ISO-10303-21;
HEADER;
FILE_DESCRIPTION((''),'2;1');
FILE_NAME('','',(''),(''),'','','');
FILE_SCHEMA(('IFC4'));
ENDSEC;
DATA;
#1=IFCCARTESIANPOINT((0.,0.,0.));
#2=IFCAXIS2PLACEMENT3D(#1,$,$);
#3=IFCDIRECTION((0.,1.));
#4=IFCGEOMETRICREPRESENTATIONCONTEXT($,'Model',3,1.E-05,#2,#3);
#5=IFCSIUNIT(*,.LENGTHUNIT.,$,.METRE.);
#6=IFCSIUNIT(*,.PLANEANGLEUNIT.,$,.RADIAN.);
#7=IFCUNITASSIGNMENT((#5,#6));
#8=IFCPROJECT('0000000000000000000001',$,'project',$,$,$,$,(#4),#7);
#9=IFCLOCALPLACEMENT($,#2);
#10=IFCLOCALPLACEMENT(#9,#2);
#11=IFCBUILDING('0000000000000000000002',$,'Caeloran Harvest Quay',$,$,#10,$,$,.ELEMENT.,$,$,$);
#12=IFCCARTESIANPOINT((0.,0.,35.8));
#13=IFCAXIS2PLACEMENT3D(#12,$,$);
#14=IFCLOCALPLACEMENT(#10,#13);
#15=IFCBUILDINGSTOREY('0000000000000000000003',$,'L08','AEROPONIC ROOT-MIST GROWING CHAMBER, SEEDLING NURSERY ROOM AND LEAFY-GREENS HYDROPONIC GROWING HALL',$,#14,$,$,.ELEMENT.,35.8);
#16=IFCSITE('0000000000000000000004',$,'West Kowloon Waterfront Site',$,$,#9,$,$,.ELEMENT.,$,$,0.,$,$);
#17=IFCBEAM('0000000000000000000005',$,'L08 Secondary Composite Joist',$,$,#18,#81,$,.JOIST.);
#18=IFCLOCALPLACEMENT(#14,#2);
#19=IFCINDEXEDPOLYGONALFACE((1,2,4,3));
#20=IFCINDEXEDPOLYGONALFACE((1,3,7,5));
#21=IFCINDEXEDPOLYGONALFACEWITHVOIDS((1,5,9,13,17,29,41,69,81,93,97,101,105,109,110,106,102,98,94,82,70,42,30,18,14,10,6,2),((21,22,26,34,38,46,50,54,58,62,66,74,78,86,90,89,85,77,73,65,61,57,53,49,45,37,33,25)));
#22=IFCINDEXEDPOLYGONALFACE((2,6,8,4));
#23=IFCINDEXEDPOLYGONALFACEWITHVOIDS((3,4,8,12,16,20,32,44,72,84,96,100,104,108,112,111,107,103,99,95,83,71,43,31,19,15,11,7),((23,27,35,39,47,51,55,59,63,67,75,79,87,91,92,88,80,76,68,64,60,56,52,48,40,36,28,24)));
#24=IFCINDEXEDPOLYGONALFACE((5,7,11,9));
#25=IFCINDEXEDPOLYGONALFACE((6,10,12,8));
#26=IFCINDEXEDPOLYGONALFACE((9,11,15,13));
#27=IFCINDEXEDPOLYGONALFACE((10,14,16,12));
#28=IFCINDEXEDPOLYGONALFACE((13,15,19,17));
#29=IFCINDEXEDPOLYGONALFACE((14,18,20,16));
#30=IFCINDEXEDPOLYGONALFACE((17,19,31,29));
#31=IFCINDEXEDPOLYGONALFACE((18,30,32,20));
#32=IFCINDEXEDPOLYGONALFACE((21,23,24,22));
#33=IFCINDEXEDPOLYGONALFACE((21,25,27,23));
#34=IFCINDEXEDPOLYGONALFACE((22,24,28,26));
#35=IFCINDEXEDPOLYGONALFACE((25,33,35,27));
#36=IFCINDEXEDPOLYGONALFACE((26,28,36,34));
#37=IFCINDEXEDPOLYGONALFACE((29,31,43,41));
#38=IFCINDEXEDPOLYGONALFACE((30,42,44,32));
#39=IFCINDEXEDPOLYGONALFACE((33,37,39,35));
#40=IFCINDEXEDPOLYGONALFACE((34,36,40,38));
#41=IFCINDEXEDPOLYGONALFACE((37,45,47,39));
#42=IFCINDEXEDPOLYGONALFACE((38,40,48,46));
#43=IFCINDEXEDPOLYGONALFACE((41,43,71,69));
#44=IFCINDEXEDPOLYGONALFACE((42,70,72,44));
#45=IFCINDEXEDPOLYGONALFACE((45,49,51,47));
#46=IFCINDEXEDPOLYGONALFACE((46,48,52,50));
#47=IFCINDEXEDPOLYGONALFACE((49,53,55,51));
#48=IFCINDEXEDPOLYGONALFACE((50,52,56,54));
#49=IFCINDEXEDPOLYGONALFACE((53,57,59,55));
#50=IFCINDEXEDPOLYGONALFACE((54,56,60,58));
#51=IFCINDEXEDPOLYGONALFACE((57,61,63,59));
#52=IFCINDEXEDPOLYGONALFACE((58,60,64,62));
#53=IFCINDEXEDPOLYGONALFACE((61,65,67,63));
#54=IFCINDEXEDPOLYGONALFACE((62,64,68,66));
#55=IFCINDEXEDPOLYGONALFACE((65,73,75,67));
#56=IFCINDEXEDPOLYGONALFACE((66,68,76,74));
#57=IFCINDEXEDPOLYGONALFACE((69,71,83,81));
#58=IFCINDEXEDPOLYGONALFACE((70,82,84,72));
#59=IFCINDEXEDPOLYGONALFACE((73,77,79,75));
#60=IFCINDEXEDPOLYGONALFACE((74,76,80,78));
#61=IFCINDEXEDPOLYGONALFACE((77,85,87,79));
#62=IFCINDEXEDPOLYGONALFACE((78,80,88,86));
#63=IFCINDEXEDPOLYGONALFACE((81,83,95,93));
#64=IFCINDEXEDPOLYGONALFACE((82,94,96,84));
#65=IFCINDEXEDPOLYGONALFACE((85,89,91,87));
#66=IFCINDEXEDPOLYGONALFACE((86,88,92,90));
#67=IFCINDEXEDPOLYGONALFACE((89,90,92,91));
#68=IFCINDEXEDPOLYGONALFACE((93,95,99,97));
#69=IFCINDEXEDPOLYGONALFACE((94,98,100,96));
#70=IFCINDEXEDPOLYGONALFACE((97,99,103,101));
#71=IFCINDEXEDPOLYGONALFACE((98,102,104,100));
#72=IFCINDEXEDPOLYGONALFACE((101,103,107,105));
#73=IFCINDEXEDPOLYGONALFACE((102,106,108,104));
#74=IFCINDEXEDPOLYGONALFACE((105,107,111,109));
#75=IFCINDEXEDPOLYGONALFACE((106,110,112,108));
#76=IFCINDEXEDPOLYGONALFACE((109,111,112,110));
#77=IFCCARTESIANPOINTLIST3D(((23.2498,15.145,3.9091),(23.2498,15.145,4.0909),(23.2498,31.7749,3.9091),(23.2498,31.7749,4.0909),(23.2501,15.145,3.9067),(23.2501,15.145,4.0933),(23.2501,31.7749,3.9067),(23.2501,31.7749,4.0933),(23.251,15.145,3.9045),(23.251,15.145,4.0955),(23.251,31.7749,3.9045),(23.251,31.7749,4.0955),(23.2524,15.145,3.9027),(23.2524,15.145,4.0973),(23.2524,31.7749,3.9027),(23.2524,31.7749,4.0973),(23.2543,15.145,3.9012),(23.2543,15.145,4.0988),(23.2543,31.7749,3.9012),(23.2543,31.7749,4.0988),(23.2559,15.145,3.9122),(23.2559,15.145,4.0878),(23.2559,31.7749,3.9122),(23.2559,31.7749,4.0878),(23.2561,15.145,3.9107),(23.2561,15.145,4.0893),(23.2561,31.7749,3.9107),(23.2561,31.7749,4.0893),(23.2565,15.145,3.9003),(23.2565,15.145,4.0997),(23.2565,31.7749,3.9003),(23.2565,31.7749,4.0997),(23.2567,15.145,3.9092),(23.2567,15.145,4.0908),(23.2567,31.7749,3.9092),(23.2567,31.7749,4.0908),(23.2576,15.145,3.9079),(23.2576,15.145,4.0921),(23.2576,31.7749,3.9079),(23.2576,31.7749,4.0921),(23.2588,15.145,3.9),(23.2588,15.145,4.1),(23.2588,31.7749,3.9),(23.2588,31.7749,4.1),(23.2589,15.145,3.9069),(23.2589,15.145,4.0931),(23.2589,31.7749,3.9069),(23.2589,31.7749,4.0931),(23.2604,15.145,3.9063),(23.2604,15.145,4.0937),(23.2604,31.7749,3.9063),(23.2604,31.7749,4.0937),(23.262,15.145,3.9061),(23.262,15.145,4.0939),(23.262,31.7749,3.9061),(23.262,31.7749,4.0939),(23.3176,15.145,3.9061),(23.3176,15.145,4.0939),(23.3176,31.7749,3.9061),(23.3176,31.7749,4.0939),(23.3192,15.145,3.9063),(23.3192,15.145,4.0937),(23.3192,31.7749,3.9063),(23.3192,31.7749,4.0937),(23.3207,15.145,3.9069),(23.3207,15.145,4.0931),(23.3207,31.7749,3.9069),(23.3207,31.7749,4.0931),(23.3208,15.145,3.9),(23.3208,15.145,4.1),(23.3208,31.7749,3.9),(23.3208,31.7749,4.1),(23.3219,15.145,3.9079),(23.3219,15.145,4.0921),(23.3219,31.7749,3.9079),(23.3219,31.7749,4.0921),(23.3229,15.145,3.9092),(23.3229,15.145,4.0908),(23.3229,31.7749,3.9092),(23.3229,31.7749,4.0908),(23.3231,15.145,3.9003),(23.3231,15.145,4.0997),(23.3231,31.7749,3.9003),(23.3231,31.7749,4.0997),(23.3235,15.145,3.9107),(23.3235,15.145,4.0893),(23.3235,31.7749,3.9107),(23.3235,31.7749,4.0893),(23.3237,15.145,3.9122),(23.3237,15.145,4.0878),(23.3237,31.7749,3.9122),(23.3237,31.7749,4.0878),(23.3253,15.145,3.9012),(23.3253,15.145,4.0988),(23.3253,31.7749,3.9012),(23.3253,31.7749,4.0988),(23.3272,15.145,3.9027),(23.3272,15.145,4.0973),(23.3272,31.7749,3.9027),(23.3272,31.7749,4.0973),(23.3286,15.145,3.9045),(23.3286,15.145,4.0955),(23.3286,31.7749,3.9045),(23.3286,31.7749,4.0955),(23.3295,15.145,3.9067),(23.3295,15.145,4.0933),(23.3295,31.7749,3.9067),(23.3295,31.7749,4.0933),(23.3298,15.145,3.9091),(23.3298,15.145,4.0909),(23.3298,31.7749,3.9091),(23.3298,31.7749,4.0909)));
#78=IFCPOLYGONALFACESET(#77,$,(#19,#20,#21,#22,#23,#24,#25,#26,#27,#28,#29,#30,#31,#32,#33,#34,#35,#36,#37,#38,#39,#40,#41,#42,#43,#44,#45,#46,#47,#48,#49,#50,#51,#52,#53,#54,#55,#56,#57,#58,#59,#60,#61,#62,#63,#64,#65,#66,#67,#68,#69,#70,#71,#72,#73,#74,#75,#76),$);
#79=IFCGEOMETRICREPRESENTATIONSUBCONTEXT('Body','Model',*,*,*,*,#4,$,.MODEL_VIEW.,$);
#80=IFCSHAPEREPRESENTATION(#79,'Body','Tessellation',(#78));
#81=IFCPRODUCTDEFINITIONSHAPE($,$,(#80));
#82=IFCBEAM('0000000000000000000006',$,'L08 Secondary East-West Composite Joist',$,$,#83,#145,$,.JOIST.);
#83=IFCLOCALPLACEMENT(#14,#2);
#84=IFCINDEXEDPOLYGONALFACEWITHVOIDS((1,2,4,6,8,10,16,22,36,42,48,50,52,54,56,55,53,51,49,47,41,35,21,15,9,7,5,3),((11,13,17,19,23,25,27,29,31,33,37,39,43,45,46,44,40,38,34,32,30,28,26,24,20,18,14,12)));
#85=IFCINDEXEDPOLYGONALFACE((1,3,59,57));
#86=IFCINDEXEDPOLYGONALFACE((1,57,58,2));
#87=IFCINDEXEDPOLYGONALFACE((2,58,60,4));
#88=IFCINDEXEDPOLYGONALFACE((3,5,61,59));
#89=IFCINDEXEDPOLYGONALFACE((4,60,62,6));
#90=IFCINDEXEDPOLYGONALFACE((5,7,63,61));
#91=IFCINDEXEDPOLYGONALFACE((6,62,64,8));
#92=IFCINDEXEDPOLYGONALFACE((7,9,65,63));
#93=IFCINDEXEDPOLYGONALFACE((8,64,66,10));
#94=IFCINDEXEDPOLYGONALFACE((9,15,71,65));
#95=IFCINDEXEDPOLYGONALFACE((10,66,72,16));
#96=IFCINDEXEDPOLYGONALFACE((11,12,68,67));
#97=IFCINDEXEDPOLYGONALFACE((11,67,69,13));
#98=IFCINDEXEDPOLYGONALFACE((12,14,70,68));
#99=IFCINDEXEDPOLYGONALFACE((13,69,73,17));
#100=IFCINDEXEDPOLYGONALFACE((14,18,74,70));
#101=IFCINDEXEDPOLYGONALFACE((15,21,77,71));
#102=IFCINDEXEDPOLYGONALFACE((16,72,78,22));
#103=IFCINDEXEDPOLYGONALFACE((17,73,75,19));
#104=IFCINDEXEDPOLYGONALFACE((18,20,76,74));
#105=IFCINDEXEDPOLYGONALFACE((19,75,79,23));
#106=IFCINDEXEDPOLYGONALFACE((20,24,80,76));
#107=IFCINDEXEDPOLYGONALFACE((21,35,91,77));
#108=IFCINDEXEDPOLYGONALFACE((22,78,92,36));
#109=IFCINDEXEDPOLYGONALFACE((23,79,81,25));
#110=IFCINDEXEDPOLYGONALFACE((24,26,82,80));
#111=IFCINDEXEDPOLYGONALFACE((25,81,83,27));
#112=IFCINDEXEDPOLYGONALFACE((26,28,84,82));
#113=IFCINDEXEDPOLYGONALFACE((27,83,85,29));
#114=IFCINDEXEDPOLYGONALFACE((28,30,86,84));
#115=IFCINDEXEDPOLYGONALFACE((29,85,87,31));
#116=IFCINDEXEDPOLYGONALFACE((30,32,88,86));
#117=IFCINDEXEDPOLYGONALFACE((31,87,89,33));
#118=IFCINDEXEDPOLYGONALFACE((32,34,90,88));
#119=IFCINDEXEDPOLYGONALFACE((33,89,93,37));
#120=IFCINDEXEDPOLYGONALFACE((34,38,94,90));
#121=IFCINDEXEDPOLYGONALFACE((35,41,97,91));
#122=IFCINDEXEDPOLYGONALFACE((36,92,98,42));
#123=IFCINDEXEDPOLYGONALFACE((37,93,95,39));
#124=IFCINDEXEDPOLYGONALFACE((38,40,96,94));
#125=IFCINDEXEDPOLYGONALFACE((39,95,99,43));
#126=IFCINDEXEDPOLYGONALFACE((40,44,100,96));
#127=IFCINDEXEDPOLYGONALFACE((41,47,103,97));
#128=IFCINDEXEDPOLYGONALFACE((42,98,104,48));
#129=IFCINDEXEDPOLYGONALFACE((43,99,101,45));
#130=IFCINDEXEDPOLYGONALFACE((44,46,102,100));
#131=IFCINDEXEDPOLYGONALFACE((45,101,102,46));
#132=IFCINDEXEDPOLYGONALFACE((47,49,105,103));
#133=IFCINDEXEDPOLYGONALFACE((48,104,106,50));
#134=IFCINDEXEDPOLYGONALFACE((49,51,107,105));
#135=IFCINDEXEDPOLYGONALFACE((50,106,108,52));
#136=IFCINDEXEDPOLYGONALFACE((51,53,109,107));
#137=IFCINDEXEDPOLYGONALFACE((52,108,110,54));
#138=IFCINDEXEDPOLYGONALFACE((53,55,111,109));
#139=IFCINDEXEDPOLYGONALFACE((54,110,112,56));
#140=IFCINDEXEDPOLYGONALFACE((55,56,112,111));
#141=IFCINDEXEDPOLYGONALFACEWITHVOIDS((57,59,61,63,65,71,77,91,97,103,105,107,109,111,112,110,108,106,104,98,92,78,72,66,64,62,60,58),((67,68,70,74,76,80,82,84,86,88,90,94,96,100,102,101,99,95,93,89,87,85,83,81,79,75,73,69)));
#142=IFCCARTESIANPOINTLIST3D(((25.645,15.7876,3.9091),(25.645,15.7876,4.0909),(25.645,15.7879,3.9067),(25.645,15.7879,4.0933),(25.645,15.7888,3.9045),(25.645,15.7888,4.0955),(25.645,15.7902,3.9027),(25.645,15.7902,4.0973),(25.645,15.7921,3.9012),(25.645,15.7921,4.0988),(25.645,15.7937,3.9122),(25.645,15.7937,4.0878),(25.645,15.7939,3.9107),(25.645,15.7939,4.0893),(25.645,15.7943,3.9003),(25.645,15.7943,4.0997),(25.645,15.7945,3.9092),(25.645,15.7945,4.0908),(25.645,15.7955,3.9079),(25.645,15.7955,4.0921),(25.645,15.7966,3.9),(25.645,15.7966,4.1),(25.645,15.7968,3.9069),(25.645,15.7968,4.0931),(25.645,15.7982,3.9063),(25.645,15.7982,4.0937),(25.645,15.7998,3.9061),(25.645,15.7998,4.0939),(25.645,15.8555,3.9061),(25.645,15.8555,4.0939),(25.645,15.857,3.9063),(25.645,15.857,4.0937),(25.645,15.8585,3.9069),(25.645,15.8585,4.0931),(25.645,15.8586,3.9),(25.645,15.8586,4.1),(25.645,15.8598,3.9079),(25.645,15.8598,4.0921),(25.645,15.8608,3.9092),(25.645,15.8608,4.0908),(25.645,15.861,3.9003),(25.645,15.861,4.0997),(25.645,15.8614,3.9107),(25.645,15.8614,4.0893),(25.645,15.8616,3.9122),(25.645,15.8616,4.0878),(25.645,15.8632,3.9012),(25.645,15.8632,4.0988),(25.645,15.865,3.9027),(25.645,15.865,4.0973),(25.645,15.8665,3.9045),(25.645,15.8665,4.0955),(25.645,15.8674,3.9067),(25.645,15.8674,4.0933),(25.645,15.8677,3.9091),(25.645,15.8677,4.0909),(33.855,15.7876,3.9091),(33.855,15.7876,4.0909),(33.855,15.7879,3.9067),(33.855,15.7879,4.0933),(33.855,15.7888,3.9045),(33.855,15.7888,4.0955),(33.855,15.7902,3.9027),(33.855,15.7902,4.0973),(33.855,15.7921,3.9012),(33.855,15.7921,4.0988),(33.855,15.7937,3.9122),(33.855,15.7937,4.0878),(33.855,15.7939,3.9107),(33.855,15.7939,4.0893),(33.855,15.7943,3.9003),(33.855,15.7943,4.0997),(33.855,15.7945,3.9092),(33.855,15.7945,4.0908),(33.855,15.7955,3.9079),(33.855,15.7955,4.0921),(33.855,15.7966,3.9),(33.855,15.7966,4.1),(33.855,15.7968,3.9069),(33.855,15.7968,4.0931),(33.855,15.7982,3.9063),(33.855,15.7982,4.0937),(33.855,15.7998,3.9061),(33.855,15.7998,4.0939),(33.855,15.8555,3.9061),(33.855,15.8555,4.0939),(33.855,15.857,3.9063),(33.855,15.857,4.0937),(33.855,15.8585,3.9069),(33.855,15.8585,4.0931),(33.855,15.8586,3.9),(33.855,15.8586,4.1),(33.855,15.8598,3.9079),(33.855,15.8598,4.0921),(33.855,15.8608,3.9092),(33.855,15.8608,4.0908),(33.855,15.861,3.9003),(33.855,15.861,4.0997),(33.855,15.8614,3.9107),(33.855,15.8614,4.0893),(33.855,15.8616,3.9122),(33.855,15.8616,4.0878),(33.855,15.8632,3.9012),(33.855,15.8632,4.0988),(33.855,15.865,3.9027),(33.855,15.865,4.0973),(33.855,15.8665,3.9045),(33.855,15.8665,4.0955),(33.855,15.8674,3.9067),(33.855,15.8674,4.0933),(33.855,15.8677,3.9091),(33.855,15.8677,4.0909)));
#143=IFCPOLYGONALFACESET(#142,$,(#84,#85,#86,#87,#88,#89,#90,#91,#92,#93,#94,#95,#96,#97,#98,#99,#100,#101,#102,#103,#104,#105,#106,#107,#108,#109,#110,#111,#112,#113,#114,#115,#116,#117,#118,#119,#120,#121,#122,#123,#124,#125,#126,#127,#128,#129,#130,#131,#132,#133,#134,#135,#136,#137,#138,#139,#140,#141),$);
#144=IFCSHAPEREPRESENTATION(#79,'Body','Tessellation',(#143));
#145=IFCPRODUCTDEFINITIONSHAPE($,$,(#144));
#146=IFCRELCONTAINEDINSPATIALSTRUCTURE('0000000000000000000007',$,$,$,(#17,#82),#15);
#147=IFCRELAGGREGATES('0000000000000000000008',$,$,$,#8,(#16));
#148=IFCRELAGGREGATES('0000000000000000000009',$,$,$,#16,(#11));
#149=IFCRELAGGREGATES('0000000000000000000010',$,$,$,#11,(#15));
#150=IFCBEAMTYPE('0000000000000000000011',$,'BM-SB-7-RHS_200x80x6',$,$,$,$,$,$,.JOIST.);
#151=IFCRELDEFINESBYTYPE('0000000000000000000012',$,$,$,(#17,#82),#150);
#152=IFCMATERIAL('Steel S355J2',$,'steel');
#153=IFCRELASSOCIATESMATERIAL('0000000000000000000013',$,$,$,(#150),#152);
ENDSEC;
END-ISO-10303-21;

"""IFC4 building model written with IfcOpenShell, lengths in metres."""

from ifc_helpers import new_model, si_unit, direction, frame, origin, origin_2d, place, context, subcontext, project, spatial, hollow_rectangle, extrude, material, material_profile, profile_set, type_object, element, save


model = new_model("IFC4")

# Units and contexts
model_context = context("Model", 3, precision=1e-05, world=origin(), true_north=direction((0.0, 1.0)))
body_context = subcontext(model_context, "Body", "Model", "MODEL_VIEW")
ifc_project = project(units=[si_unit("LENGTHUNIT", "METRE"), si_unit("PLANEANGLEUNIT", "RADIAN")], contexts=[model_context])

# Site, building, storey
site_placement = place(None, origin())
site = spatial("IfcSite", under=ifc_project, at=site_placement, Name="West Kowloon Waterfront Site", CompositionType="ELEMENT", RefElevation=0.0)
building_placement = place(site_placement, origin())
building = spatial("IfcBuilding", under=site, at=building_placement, Name="Caeloran Harvest Quay", CompositionType="ELEMENT")
storey_placement = place(building_placement, frame((0.0, 0.0, 35.8)))
storey = spatial("IfcBuildingStorey", under=building, at=storey_placement, Name="L08", Description="AEROPONIC ROOT-MIST GROWING CHAMBER, SEEDLING NURSERY ROOM AND LEAFY-GREENS HYDROPONIC GROWING HALL", CompositionType="ELEMENT", Elevation=35.8)

# Beams
ifc_material_1 = material(Name="Steel S355J2", Category="steel")
ifc_material_profile_1 = material_profile(ifc_material_1, hollow_rectangle(XDim=0.0801, YDim=0.2, WallThickness=0.0061, InnerFilletRadius=0.0061, OuterFilletRadius=0.009, at=origin_2d()), Name="RHS 200x80x6")
ifc_profile_set_1 = profile_set([ifc_material_profile_1], Name="Steel S355J2")
beam_type_1 = type_object("IfcBeamType", Name="BM-SB-7-RHS_200x80x6", PredefinedType="JOIST", material=ifc_profile_set_1)
for number, where, z_axis, x_axis, name in (
    (1, (23.2898, 15.145, 4.0), (0.0, 1.0, 0.0), (-1.0, 0.0, 0.0), "L08 Secondary Composite Joist"),
):
    element("IfcBeam", number, at=place(storey_placement, frame(where, z_axis=z_axis, x_axis=x_axis)), inside=storey, type_object=beam_type_1, Name=name, PredefinedType="JOIST", context=body_context, shape_type="SweptSolid", body=[
        extrude(hollow_rectangle(XDim=0.0801, YDim=0.2, WallThickness=0.0061, InnerFilletRadius=0.0061, OuterFilletRadius=0.009, at=origin_2d()), origin(), (0.0, 0.0, 1.0), 16.6299),
    ])
for number, where, z_axis, x_axis, name in (
    (2, (25.645, 15.8276, 4.0), (1.0, 0.0, 0.0), (0.0, 1.0, 0.0), "L08 Secondary East-West Composite Joist"),
):
    element("IfcBeam", number, at=place(storey_placement, frame(where, z_axis=z_axis, x_axis=x_axis)), inside=storey, type_object=beam_type_1, Name=name, PredefinedType="JOIST", context=body_context, shape_type="SweptSolid", body=[
        extrude(hollow_rectangle(XDim=0.0801, YDim=0.2, WallThickness=0.0061, InnerFilletRadius=0.0061, OuterFilletRadius=0.009, at=origin_2d()), origin(), (0.0, 0.0, 1.0), 8.21),
    ])

save(model, "model.ifc")
